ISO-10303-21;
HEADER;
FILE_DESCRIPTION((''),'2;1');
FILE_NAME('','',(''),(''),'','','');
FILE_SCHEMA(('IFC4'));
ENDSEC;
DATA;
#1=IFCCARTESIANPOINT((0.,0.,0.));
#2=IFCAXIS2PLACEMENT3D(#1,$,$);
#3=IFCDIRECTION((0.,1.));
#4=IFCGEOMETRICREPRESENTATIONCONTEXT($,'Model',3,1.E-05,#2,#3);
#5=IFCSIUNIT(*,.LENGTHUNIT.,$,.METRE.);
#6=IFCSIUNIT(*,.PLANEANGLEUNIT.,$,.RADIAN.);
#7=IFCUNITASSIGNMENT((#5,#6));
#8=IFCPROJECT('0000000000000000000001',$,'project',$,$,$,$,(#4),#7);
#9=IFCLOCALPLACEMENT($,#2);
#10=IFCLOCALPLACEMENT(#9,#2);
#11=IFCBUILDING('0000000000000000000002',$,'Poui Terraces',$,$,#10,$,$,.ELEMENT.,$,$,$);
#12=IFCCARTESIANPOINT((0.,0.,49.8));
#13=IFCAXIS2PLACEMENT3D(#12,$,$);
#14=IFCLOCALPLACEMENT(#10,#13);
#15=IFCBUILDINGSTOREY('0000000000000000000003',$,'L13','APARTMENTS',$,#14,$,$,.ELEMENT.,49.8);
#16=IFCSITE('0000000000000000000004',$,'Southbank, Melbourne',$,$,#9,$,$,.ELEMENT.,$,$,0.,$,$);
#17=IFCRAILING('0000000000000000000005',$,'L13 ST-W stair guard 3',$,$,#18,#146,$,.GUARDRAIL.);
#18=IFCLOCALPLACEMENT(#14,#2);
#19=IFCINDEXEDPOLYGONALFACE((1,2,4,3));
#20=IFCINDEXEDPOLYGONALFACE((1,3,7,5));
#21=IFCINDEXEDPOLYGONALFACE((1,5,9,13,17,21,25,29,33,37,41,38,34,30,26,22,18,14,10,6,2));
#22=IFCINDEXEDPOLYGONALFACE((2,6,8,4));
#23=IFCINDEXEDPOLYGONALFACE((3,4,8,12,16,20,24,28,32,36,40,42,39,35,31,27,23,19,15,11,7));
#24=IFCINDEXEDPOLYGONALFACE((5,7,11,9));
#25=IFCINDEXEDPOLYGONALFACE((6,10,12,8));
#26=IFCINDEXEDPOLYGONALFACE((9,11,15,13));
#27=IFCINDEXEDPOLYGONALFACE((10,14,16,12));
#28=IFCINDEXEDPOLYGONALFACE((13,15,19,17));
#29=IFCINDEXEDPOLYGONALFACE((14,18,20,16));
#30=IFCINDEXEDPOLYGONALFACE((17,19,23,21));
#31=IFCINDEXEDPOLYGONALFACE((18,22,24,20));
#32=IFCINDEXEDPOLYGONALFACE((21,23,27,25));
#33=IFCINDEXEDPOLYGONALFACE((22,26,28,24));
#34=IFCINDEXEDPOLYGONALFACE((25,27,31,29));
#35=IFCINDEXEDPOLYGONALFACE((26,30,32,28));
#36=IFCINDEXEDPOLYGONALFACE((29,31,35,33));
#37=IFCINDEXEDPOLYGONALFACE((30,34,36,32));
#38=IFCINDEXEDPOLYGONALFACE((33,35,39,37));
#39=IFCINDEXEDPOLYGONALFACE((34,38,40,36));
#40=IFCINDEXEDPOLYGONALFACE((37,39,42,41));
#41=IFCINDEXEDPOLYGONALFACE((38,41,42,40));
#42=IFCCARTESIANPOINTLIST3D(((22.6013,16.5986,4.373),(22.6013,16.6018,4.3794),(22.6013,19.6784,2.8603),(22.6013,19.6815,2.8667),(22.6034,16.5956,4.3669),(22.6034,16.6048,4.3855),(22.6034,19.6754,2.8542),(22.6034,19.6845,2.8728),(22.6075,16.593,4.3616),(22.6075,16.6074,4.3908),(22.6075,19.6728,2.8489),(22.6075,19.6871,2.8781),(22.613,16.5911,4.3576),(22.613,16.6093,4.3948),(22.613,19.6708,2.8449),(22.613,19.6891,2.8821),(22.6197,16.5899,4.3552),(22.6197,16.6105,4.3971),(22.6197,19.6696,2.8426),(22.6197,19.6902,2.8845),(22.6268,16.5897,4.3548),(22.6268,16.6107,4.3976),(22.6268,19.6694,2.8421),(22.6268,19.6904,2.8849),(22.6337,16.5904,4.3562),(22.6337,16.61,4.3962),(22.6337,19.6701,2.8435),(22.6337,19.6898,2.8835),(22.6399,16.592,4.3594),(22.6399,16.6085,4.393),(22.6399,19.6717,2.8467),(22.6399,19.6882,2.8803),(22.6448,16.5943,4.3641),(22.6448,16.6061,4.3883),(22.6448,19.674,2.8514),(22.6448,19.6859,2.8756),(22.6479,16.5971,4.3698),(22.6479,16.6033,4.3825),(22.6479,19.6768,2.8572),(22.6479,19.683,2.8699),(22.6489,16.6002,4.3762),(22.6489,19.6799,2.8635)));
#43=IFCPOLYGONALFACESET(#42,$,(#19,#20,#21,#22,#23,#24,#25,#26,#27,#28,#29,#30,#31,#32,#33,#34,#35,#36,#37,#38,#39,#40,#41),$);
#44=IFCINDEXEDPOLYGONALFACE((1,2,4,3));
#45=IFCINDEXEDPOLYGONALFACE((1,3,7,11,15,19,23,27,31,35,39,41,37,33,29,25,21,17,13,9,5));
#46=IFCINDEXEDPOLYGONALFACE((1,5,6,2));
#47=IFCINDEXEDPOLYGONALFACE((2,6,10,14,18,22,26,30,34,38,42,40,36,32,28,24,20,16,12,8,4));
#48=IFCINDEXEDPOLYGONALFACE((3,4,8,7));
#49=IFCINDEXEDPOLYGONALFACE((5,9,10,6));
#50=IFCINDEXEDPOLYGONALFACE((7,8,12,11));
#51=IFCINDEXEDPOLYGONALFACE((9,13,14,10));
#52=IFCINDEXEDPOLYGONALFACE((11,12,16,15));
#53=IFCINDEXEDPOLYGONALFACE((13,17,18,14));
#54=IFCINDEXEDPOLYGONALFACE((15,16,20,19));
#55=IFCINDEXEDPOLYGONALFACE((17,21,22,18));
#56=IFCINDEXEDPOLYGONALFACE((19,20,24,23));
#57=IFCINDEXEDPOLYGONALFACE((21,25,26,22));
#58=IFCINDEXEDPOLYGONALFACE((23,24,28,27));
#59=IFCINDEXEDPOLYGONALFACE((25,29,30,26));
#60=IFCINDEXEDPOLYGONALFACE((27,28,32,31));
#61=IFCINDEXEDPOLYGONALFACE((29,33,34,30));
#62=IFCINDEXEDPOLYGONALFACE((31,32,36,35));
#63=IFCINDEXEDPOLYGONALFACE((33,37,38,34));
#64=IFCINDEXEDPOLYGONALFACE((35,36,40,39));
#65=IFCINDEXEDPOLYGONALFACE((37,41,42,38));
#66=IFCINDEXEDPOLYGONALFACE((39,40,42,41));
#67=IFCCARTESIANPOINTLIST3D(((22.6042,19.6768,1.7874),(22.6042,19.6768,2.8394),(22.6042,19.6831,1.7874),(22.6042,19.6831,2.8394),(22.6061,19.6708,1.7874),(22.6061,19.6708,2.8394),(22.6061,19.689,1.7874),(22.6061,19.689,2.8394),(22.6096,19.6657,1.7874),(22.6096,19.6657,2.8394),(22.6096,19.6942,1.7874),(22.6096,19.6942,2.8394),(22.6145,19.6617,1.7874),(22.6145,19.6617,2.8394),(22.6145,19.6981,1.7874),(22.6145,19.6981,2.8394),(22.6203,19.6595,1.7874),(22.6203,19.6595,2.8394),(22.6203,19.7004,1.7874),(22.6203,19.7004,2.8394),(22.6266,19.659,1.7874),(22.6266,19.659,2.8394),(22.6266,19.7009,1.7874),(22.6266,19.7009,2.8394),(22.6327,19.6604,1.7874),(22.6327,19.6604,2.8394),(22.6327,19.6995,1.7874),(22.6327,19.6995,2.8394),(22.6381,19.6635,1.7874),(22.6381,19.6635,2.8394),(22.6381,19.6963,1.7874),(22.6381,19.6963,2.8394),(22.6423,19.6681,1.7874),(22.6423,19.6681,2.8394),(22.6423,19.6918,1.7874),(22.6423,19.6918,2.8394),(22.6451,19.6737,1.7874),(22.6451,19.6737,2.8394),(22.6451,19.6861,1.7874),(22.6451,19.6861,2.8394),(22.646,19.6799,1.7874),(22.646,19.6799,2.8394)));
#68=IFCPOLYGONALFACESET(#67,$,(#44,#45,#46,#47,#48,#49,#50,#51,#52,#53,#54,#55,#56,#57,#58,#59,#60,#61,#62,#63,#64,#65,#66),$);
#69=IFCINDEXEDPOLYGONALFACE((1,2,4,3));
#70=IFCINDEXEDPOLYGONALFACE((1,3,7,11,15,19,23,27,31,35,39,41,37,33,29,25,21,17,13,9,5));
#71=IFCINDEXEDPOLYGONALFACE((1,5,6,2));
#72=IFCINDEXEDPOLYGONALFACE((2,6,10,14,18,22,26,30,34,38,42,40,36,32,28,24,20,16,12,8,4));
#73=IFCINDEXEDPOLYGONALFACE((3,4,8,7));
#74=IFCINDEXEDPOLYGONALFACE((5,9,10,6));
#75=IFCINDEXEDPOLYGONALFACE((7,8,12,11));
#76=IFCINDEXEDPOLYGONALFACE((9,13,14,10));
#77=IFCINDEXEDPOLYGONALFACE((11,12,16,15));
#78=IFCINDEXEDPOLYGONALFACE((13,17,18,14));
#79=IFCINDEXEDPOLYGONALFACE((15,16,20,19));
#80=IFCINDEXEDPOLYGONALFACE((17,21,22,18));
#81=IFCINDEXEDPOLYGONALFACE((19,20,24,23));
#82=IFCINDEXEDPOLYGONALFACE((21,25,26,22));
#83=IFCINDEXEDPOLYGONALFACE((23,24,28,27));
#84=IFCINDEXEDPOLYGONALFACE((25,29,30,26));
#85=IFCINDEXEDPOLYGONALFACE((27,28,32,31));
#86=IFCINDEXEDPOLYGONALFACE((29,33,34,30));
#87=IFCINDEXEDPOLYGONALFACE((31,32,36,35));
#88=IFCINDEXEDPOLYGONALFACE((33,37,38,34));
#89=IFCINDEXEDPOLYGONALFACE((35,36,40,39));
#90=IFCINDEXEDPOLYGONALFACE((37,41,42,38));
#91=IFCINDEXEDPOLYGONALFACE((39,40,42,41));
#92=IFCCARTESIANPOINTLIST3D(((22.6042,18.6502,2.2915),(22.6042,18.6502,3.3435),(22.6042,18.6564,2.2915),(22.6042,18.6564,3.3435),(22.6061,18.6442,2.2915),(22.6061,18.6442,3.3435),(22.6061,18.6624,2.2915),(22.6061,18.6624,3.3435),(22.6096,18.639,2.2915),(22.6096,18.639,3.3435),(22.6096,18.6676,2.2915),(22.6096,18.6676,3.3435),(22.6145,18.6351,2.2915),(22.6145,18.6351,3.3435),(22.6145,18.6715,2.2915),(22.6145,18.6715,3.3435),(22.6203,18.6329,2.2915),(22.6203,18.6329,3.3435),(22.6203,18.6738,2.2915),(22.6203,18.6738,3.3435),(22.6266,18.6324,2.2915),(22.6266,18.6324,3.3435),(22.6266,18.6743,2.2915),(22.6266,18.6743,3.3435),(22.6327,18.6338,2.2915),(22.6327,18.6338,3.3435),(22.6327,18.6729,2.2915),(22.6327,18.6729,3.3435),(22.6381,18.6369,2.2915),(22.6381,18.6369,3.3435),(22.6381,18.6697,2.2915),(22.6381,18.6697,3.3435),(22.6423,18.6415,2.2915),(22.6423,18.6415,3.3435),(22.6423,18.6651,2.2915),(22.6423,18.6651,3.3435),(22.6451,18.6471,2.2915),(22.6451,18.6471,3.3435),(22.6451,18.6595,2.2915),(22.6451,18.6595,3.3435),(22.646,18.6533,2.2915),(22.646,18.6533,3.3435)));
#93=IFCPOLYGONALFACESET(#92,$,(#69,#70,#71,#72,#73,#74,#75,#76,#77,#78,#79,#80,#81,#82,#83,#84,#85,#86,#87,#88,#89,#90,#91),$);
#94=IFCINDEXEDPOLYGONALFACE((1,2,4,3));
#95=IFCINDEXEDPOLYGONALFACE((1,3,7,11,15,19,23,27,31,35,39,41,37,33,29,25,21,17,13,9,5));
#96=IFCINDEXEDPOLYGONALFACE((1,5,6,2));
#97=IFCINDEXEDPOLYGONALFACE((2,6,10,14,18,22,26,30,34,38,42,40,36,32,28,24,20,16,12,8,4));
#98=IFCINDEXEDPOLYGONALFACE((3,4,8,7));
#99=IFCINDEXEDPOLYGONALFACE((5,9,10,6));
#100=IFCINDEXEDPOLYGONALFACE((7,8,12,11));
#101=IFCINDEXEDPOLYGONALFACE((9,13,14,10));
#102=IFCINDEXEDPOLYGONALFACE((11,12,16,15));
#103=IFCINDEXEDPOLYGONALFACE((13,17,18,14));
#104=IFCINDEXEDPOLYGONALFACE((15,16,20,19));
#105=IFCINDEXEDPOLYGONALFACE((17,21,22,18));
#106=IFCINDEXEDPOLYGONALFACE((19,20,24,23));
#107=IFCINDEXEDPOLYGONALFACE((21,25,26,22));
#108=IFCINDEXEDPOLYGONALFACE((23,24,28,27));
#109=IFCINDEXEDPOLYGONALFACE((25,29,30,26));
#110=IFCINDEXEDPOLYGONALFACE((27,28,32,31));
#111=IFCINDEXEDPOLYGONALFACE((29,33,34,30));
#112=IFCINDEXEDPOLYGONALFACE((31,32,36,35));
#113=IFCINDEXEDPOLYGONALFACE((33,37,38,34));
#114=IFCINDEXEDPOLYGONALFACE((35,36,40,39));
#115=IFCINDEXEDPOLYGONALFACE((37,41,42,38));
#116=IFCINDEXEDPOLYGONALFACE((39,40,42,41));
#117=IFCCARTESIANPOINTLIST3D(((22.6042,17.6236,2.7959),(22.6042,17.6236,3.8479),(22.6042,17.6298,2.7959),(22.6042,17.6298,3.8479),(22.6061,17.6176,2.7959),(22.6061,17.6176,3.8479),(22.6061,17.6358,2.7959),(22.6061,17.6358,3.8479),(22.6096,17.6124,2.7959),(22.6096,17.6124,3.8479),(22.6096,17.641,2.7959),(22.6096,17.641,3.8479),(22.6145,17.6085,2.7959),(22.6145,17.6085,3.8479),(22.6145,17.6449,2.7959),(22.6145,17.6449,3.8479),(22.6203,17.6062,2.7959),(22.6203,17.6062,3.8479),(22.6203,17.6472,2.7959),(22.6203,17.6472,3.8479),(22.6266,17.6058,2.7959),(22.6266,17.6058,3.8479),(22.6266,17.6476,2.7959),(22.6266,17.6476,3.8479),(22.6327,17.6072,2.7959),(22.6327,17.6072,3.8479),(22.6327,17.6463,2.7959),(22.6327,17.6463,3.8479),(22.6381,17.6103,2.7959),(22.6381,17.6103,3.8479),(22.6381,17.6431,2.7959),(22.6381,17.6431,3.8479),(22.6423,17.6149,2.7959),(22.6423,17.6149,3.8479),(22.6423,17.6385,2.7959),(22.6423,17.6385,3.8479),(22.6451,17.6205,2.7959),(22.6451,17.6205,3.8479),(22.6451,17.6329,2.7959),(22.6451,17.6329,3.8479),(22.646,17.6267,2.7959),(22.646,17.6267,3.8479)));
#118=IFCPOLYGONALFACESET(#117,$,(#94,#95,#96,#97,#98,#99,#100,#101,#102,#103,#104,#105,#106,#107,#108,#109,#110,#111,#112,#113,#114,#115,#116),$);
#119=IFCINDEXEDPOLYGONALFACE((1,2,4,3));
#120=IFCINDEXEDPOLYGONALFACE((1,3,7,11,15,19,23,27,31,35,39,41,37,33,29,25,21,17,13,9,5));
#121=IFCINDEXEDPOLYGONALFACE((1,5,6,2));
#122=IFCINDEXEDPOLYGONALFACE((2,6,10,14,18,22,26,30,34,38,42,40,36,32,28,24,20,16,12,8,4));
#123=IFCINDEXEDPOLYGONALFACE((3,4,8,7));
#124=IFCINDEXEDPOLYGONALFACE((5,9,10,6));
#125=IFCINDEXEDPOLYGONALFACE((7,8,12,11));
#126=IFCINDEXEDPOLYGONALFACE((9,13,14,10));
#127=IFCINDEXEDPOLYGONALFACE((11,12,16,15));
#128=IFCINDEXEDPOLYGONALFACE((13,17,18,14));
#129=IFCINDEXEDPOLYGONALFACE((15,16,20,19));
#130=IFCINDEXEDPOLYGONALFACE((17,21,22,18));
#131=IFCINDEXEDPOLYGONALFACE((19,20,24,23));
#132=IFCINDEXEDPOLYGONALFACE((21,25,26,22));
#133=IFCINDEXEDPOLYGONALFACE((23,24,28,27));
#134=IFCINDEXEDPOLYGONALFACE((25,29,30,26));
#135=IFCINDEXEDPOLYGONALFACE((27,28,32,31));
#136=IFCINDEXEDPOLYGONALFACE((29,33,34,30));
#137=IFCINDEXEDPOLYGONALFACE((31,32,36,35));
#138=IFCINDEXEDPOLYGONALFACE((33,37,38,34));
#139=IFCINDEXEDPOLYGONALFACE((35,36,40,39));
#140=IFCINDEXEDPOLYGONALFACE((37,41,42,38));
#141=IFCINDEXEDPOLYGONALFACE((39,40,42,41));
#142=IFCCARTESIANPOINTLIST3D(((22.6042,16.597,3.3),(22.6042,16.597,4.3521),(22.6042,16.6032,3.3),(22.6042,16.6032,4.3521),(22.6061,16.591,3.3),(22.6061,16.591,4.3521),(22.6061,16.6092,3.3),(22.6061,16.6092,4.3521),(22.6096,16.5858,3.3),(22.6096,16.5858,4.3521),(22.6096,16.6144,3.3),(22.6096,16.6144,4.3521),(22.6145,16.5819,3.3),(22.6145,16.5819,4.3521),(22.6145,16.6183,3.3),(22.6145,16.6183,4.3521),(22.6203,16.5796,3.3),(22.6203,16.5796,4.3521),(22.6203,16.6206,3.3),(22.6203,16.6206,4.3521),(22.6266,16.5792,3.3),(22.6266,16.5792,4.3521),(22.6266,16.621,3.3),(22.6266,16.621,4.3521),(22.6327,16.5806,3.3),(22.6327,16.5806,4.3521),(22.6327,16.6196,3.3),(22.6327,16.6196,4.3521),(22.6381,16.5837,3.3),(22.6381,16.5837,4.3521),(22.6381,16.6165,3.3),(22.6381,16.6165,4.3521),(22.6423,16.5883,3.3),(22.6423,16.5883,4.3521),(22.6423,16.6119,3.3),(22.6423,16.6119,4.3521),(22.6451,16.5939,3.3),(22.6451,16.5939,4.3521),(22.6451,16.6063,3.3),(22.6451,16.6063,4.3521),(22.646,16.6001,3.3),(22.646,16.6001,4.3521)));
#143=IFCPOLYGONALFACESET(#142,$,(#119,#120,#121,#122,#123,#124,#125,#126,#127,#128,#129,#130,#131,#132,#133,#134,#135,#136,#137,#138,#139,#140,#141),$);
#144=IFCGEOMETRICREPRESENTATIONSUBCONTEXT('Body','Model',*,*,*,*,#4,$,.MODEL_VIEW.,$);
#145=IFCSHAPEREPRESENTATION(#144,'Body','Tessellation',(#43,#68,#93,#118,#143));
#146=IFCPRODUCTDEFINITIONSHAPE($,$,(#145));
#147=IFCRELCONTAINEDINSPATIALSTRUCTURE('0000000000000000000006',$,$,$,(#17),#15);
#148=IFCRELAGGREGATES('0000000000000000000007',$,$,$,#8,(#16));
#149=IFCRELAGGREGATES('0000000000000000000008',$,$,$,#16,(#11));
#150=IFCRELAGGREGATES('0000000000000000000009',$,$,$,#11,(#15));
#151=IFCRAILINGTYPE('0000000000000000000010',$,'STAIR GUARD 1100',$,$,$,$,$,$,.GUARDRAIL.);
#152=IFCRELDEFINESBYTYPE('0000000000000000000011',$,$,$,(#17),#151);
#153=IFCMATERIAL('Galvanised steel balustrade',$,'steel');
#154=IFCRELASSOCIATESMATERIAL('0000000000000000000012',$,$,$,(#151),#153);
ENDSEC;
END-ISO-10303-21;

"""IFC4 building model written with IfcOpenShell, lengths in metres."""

from ifc_helpers import new_model, si_unit, direction, frame, origin, origin_2d, place, context, subcontext, project, spatial, circle, extrude, material, type_object, element, save


model = new_model("IFC4")

# Units and contexts
model_context = context("Model", 3, precision=1e-05, world=origin(), true_north=direction((0.0, 1.0)))
body_context = subcontext(model_context, "Body", "Model", "MODEL_VIEW")
ifc_project = project(units=[si_unit("LENGTHUNIT", "METRE"), si_unit("PLANEANGLEUNIT", "RADIAN")], contexts=[model_context])

# Site, building, storey
site_placement = place(None, origin())
site = spatial("IfcSite", under=ifc_project, at=site_placement, Name="Southbank, Melbourne", CompositionType="ELEMENT", RefElevation=0.0)
building_placement = place(site_placement, origin())
building = spatial("IfcBuilding", under=site, at=building_placement, Name="Poui Terraces", CompositionType="ELEMENT")
storey_placement = place(building_placement, frame((0.0, 0.0, 49.8)))
storey = spatial("IfcBuildingStorey", under=building, at=storey_placement, Name="L13", Description="APARTMENTS", CompositionType="ELEMENT", Elevation=49.8)

# Railing
ifc_material_1 = material(Name="Galvanised steel balustrade", Category="steel")
railing_type_1 = type_object("IfcRailingType", Name="STAIR GUARD 1100", PredefinedType="GUARDRAIL", material=ifc_material_1)
railing_1_placement = place(storey_placement, frame((22.625, 19.6799, 1.7874)))
element("IfcRailing", 1, at=railing_1_placement, inside=storey, type_object=railing_type_1, Name="L13 ST-W stair guard 3", PredefinedType="GUARDRAIL", context=body_context, shape_type="SweptSolid", body=[
    extrude(circle(Radius=0.0239, at=origin_2d()), frame((0.0, 0.0, 1.0762), z_axis=(0.0, -0.897578, 0.440856), x_axis=(1.0, 0.0, 0.0)), (0.0, 0.0, 1.0), 3.4312),
    extrude(circle(Radius=0.021, at=origin_2d()), origin(), (0.0, 0.0, 1.0), 1.052),
    extrude(circle(Radius=0.021, at=origin_2d()), frame((0.0, -1.0266, 0.5042)), (0.0, 0.0, 1.0), 1.052),
    extrude(circle(Radius=0.021, at=origin_2d()), frame((0.0, -2.0532, 1.0085)), (0.0, 0.0, 1.0), 1.052),
    extrude(circle(Radius=0.021, at=origin_2d()), frame((0.0, -3.0798, 1.5127)), (0.0, 0.0, 1.0), 1.052),
])

save(model, "model.ifc")
